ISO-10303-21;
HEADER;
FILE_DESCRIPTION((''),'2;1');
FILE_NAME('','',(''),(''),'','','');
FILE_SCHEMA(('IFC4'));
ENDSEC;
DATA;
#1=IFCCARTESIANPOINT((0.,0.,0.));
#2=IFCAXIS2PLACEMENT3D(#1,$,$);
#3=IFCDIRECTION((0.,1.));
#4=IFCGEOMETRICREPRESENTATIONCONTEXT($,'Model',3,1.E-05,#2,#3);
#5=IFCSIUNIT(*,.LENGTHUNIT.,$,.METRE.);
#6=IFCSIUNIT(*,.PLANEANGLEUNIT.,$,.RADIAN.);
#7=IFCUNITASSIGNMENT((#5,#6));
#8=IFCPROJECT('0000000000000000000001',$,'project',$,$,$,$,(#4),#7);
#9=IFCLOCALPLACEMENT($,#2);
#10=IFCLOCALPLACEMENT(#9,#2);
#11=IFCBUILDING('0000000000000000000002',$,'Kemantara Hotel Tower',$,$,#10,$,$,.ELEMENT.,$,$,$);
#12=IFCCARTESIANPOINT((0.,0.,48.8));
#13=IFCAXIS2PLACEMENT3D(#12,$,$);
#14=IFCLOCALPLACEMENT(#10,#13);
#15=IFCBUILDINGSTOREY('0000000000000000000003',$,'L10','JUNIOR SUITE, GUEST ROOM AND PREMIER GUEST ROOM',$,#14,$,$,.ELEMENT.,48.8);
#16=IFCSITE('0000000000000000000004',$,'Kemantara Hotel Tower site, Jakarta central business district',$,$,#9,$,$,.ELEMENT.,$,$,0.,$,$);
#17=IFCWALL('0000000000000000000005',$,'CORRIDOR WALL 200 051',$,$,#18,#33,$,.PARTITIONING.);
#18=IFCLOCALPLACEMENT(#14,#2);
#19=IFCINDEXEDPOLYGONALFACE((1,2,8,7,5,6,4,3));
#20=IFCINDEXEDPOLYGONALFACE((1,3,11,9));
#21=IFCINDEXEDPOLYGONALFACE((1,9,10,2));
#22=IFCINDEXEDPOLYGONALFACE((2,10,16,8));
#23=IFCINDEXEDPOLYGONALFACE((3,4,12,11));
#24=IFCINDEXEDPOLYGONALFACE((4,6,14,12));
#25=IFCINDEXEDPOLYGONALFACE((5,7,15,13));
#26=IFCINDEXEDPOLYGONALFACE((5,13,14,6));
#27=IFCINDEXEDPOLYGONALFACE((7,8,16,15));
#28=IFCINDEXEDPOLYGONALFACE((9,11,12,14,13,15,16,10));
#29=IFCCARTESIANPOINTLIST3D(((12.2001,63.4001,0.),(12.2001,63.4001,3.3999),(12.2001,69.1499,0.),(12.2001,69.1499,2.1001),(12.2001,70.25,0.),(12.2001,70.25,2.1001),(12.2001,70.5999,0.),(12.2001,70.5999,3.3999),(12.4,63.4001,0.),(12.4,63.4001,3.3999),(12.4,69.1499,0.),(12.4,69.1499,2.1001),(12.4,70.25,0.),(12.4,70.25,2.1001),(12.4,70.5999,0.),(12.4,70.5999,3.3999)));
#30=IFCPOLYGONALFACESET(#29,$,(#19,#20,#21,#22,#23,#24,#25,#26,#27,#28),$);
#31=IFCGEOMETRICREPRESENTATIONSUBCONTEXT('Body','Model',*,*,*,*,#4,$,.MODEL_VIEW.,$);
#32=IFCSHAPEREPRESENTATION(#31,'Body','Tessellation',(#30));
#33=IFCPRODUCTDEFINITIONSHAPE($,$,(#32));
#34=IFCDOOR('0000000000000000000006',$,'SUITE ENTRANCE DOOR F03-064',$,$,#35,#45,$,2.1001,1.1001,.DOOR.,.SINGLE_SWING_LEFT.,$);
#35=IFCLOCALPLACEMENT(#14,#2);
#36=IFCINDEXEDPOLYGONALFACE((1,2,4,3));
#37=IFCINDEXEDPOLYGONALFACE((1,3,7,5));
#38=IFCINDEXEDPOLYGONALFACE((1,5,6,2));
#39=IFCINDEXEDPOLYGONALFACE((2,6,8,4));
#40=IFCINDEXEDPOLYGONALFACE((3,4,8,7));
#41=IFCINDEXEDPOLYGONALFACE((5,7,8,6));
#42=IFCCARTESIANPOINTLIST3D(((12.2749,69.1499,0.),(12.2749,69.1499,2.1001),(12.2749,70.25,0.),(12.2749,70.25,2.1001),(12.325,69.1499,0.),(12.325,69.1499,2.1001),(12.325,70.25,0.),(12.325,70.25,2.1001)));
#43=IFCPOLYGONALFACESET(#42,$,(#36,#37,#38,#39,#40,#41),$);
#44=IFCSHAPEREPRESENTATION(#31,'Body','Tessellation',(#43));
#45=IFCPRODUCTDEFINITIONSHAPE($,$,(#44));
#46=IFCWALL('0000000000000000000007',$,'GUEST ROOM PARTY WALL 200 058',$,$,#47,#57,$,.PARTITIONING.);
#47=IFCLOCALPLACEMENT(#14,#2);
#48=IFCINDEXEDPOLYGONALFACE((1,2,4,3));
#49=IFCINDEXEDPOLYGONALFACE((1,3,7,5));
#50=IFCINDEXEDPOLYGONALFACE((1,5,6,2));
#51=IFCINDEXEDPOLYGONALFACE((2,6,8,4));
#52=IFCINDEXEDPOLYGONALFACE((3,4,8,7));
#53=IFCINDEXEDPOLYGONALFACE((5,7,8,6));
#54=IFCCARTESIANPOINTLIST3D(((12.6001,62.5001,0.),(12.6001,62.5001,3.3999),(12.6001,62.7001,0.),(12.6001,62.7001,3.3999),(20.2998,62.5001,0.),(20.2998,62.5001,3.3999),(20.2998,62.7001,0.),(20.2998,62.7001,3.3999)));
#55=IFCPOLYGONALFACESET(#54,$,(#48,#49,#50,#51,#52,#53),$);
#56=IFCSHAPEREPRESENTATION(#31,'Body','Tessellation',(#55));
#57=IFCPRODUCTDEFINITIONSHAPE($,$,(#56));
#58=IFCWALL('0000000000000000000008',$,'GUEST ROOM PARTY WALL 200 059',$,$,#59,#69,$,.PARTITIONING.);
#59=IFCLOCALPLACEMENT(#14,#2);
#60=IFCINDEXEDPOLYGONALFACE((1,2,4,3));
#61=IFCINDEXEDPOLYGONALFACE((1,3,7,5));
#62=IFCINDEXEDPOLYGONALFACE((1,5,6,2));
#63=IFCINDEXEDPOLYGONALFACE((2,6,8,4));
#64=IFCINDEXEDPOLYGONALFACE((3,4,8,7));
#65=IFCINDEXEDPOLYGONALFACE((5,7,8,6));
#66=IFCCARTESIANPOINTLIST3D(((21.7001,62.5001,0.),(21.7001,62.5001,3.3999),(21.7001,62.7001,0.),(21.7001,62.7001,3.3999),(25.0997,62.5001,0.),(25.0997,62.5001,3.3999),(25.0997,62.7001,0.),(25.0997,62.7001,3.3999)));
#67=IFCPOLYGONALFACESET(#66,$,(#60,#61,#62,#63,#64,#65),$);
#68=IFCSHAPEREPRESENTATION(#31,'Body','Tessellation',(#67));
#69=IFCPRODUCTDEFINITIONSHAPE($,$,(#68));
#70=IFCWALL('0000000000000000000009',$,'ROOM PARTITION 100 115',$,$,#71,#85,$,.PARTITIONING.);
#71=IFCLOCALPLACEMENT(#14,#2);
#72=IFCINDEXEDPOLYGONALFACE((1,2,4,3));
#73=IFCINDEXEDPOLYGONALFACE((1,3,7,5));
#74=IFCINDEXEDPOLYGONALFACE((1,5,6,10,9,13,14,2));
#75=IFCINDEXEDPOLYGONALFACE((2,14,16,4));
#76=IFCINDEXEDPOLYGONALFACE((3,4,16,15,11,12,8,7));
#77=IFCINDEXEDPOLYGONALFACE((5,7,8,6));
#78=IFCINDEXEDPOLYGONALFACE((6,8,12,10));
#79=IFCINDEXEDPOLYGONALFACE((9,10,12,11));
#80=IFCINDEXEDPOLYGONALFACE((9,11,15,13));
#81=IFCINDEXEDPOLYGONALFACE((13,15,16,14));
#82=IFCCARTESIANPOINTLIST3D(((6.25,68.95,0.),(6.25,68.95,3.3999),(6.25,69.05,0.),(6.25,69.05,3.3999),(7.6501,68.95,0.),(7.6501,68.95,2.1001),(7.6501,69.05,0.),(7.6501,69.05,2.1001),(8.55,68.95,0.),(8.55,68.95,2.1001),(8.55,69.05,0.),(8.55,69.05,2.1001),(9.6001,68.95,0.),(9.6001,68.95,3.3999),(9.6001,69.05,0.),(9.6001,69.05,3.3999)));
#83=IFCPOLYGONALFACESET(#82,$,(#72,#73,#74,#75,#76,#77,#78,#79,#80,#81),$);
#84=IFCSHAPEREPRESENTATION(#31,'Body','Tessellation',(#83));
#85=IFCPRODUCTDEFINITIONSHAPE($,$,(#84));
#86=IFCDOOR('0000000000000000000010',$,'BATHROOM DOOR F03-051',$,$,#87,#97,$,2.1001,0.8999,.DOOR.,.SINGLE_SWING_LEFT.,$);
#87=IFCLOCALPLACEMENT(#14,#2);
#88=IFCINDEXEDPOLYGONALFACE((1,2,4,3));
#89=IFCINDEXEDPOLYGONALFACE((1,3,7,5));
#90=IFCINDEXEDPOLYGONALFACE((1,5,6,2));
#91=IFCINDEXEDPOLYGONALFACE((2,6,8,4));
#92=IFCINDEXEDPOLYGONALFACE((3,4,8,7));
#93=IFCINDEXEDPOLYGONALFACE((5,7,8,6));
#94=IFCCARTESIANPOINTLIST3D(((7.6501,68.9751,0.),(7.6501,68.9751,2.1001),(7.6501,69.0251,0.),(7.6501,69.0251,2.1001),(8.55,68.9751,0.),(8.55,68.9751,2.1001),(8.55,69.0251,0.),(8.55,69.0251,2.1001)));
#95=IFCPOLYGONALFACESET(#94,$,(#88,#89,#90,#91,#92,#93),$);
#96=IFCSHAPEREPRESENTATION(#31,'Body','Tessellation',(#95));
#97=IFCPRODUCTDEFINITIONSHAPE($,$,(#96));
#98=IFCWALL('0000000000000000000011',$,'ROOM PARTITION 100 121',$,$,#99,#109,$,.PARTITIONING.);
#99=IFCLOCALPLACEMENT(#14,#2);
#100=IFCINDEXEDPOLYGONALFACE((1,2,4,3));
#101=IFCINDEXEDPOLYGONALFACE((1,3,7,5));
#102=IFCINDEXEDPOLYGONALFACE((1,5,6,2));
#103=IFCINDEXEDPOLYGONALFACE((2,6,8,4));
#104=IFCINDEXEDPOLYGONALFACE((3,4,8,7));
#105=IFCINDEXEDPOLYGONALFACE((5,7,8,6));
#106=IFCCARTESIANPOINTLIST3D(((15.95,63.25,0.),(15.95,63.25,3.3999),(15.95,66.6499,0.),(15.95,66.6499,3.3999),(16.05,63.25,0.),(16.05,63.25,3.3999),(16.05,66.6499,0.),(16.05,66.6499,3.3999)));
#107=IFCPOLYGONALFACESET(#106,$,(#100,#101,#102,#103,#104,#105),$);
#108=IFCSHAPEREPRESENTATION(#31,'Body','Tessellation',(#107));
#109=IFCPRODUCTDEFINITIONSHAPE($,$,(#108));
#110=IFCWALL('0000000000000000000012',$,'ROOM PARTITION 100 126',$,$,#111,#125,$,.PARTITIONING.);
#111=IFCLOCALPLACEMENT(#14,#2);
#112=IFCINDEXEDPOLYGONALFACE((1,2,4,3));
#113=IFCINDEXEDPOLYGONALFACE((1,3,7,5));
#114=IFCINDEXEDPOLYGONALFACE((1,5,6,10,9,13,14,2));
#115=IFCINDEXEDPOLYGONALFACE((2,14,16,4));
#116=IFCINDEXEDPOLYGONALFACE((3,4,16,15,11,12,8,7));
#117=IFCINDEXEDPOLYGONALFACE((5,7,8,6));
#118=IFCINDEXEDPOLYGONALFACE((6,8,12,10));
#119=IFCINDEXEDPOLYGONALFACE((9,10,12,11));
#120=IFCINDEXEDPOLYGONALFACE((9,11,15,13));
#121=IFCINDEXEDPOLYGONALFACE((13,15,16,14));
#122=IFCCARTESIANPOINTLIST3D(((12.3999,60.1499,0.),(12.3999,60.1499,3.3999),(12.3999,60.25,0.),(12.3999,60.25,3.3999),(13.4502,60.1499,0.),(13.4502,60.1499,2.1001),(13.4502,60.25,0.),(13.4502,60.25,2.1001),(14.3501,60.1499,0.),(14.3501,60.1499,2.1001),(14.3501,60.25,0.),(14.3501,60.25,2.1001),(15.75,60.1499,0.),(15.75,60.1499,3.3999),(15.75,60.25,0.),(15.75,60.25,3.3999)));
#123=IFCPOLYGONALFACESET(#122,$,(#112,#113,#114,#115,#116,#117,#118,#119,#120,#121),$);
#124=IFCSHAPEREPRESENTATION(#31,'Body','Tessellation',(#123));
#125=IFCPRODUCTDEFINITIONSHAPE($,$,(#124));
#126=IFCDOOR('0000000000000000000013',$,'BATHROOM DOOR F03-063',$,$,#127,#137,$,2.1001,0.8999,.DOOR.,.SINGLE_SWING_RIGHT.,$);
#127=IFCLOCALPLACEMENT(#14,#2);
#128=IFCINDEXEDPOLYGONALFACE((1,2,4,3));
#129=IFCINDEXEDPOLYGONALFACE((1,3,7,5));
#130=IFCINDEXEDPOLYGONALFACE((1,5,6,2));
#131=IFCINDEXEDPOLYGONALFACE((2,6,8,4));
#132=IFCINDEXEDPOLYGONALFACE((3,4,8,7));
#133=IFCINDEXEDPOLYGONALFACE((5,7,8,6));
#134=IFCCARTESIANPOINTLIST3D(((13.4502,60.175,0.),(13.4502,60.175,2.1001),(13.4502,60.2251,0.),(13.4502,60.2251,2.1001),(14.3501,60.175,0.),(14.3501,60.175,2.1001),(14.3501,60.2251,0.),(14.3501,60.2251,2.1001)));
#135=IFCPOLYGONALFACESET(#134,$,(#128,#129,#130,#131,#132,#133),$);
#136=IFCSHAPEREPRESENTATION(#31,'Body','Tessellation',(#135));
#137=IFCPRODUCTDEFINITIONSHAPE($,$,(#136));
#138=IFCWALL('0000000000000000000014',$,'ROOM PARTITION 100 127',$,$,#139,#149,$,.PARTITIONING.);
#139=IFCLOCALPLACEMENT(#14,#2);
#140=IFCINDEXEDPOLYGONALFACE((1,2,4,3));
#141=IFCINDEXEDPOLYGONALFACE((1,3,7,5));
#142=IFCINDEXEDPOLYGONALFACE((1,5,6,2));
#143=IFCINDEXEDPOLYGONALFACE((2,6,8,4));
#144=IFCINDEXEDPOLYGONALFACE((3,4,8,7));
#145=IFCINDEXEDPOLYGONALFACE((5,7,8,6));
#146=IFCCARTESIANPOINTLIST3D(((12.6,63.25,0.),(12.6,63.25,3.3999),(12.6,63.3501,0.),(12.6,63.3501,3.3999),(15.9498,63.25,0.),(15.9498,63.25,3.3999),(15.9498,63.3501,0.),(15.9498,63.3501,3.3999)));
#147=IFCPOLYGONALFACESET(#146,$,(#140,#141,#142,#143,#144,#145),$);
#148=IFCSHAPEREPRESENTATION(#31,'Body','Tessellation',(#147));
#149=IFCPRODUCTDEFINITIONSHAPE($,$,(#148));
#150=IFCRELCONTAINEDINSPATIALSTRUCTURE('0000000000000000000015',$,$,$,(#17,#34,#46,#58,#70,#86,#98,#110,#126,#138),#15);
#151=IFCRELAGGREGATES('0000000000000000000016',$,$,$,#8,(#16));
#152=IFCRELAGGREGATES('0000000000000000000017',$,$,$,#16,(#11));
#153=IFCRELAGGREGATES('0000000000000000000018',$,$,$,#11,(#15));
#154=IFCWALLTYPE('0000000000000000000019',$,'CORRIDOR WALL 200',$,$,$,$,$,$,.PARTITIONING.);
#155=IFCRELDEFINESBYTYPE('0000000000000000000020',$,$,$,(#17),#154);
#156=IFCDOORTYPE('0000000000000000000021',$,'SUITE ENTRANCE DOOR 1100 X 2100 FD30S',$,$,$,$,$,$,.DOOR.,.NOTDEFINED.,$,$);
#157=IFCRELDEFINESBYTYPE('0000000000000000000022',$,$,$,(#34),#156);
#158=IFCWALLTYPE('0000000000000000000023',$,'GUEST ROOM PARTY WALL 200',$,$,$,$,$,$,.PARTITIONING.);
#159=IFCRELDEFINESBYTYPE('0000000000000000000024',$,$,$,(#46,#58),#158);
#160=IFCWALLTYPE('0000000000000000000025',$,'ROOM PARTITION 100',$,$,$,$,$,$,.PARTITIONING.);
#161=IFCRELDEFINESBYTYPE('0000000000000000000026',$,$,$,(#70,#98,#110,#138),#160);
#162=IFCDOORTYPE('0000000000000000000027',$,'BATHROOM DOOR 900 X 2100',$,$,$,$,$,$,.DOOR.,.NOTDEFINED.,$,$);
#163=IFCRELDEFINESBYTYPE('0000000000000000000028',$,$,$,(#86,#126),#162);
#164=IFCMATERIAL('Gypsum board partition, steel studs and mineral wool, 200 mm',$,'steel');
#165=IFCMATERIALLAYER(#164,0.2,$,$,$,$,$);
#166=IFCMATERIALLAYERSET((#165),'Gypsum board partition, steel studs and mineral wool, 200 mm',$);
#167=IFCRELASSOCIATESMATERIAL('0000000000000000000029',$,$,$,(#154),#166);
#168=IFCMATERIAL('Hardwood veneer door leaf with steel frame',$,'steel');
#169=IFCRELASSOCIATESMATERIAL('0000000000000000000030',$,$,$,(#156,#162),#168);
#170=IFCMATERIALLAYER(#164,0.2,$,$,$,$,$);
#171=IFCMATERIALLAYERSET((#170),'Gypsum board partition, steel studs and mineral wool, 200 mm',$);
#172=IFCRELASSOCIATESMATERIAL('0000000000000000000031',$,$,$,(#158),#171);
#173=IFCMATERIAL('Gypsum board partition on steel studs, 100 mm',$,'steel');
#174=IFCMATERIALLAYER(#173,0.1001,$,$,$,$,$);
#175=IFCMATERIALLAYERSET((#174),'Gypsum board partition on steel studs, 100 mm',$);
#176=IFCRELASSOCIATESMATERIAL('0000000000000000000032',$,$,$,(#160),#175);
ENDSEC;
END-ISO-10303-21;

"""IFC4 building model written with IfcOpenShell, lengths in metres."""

from ifc_helpers import new_model, si_unit, direction, frame, frame_2d, origin, place, context, subcontext, project, spatial, rectangle, extrude, material, layer, layer_set, type_object, element, fill, save


model = new_model("IFC4")

# Units and contexts
model_context = context("Model", 3, precision=1e-05, world=origin(), true_north=direction((0.0, 1.0)))
body_context = subcontext(model_context, "Body", "Model", "MODEL_VIEW")
ifc_project = project(units=[si_unit("LENGTHUNIT", "METRE"), si_unit("PLANEANGLEUNIT", "RADIAN")], contexts=[model_context])

# Site, building, storey
site_placement = place(None, origin())
site = spatial("IfcSite", under=ifc_project, at=site_placement, Name="Kemantara Hotel Tower site, Jakarta central business district", CompositionType="ELEMENT", RefElevation=0.0)
building_placement = place(site_placement, origin())
building = spatial("IfcBuilding", under=site, at=building_placement, Name="Kemantara Hotel Tower", CompositionType="ELEMENT")
storey_placement = place(building_placement, frame((0.0, 0.0, 48.8)))
storey = spatial("IfcBuildingStorey", under=building, at=storey_placement, Name="L10", Description="JUNIOR SUITE, GUEST ROOM AND PREMIER GUEST ROOM", CompositionType="ELEMENT", Elevation=48.8)

# Shared definitions
ifc_material_1 = material(Name="Gypsum board partition, steel studs and mineral wool, 200 mm", Category="steel")
ifc_layer_1 = layer(ifc_material_1, 0.2)
ifc_layer_set_1 = layer_set([ifc_layer_1], Name="Gypsum board partition, steel studs and mineral wool, 200 mm")
wall_type_1 = type_object("IfcWallType", Name="CORRIDOR WALL 200", PredefinedType="PARTITIONING", material=ifc_layer_set_1)
ifc_material_2 = material(Name="Hardwood veneer door leaf with steel frame", Category="steel")
door_type_1 = type_object("IfcDoorType", Name="SUITE ENTRANCE DOOR 1100 X 2100 FD30S", OperationType="NOTDEFINED", PredefinedType="DOOR", material=ifc_material_2)

# Wall, opening, door
wall_1_placement = place(storey_placement, frame((12.3, 70.5999, 0.0), z_axis=(0.0, 0.0, 1.0), x_axis=(0.0, -1.0, 0.0)))
wall_1 = element("IfcWall", 1, at=wall_1_placement, inside=storey, type_object=wall_type_1, Name="CORRIDOR WALL 200 051", PredefinedType="PARTITIONING", context=body_context, shape_type="SweptSolid", body=[
    extrude(rectangle(XDim=7.1997, YDim=0.2, at=frame_2d((3.5999, 0.0))), origin(), (0.0, 0.0, 1.0), 3.3999),
])
opening_1_placement = place(wall_1_placement, frame((0.3499, 0.0, 0.0)))
opening_1 = element("IfcOpeningElement", 2, at=opening_1_placement, cuts=wall_1, PredefinedType="OPENING", context=body_context, shape_type="SweptSolid", body=[
    extrude(rectangle(XDim=1.1001, YDim=2.1001, at=frame_2d((0.55, 1.05))), frame((0.0, 0.1099, 0.0), z_axis=(0.0, -1.0, 0.0), x_axis=(1.0, 0.0, 0.0)), (0.0, 0.0, 1.0), 0.22),
])
door_1_placement = place(opening_1_placement, origin())
door_1 = element("IfcDoor", 3, at=door_1_placement, inside=storey, type_object=door_type_1, Name="SUITE ENTRANCE DOOR F03-064", OperationType="SINGLE_SWING_LEFT", OverallHeight=2.1001, OverallWidth=1.1001, PredefinedType="DOOR", context=body_context, shape_type="SweptSolid", body=[
    extrude(rectangle(XDim=1.1001, YDim=2.1001, at=frame_2d((0.55, 1.05))), frame((0.0, 0.0249, 0.0), z_axis=(0.0, -1.0, 0.0), x_axis=(1.0, 0.0, 0.0)), (0.0, 0.0, 1.0), 0.05),
])
fill(opening_1, door_1)

# Walls
ifc_layer_2 = layer(ifc_material_1, 0.2)
ifc_layer_set_2 = layer_set([ifc_layer_2], Name="Gypsum board partition, steel studs and mineral wool, 200 mm")
wall_type_2 = type_object("IfcWallType", Name="GUEST ROOM PARTY WALL 200", PredefinedType="PARTITIONING", material=ifc_layer_set_2)
wall_2_placement = place(storey_placement, frame((12.6001, 62.6001, 0.0), z_axis=(0.0, 0.0, 1.0), x_axis=(1.0, 0.0, 0.0)))
element("IfcWall", 4, at=wall_2_placement, inside=storey, type_object=wall_type_2, Name="GUEST ROOM PARTY WALL 200 058", PredefinedType="PARTITIONING", context=body_context, shape_type="SweptSolid", body=[
    extrude(rectangle(XDim=7.6997, YDim=0.2, at=frame_2d((3.8499, 0.0))), origin(), (0.0, 0.0, 1.0), 3.3999),
])
wall_3_placement = place(storey_placement, frame((21.7002, 62.6001, 0.0), z_axis=(0.0, 0.0, 1.0), x_axis=(1.0, 0.0, 0.0)))
element("IfcWall", 5, at=wall_3_placement, inside=storey, type_object=wall_type_2, Name="GUEST ROOM PARTY WALL 200 059", PredefinedType="PARTITIONING", context=body_context, shape_type="SweptSolid", body=[
    extrude(rectangle(XDim=3.3997, YDim=0.2, at=frame_2d((1.6997, 0.0))), origin(), (0.0, 0.0, 1.0), 3.3999),
])

# Wall, opening, door
ifc_material_3 = material(Name="Gypsum board partition on steel studs, 100 mm", Category="steel")
ifc_layer_3 = layer(ifc_material_3, 0.1001)
ifc_layer_set_3 = layer_set([ifc_layer_3], Name="Gypsum board partition on steel studs, 100 mm")
wall_type_3 = type_object("IfcWallType", Name="ROOM PARTITION 100", PredefinedType="PARTITIONING", material=ifc_layer_set_3)
wall_4_placement = place(storey_placement, frame((9.6001, 69.0, 0.0), z_axis=(0.0, 0.0, 1.0), x_axis=(-1.0, 0.0, 0.0)))
wall_4 = element("IfcWall", 6, at=wall_4_placement, inside=storey, type_object=wall_type_3, Name="ROOM PARTITION 100 115", PredefinedType="PARTITIONING", context=body_context, shape_type="SweptSolid", body=[
    extrude(rectangle(XDim=3.3501, YDim=0.1001, at=frame_2d((1.675, 0.0))), origin(), (0.0, 0.0, 1.0), 3.3999),
])
opening_2_placement = place(wall_4_placement, frame((1.05, 0.0, 0.0)))
opening_2 = element("IfcOpeningElement", 7, at=opening_2_placement, cuts=wall_4, PredefinedType="OPENING", context=body_context, shape_type="SweptSolid", body=[
    extrude(rectangle(XDim=0.8999, YDim=2.1001, at=frame_2d((0.45, 1.05))), frame((0.0, 0.0601, 0.0), z_axis=(0.0, -1.0, 0.0), x_axis=(1.0, 0.0, 0.0)), (0.0, 0.0, 1.0), 0.1201),
])
door_type_2 = type_object("IfcDoorType", Name="BATHROOM DOOR 900 X 2100", OperationType="NOTDEFINED", PredefinedType="DOOR", material=ifc_material_2)
door_2_placement = place(opening_2_placement, origin())
door_2 = element("IfcDoor", 8, at=door_2_placement, inside=storey, type_object=door_type_2, Name="BATHROOM DOOR F03-051", OperationType="SINGLE_SWING_LEFT", OverallHeight=2.1001, OverallWidth=0.8999, PredefinedType="DOOR", context=body_context, shape_type="SweptSolid", body=[
    extrude(rectangle(XDim=0.8999, YDim=2.1001, at=frame_2d((0.45, 1.05))), frame((0.0, 0.0249, 0.0), z_axis=(0.0, -1.0, 0.0), x_axis=(1.0, 0.0, 0.0)), (0.0, 0.0, 1.0), 0.05),
])
fill(opening_2, door_2)

# Wall
wall_5_placement = place(storey_placement, frame((16.0, 63.25, 0.0), z_axis=(0.0, 0.0, 1.0), x_axis=(0.0, 1.0, 0.0)))
element("IfcWall", 9, at=wall_5_placement, inside=storey, type_object=wall_type_3, Name="ROOM PARTITION 100 121", PredefinedType="PARTITIONING", context=body_context, shape_type="SweptSolid", body=[
    extrude(rectangle(XDim=3.3999, YDim=0.1001, at=frame_2d((1.7, 0.0))), origin(), (0.0, 0.0, 1.0), 3.3999),
])

# Wall, opening, door
wall_6_placement = place(storey_placement, frame((15.75, 60.2, 0.0), z_axis=(0.0, 0.0, 1.0), x_axis=(-1.0, 0.0, 0.0)))
wall_6 = element("IfcWall", 10, at=wall_6_placement, inside=storey, type_object=wall_type_3, Name="ROOM PARTITION 100 126", PredefinedType="PARTITIONING", context=body_context, shape_type="SweptSolid", body=[
    extrude(rectangle(XDim=3.3501, YDim=0.1001, at=frame_2d((1.675, 0.0))), origin(), (0.0, 0.0, 1.0), 3.3999),
])
opening_3_placement = place(wall_6_placement, frame((1.3999, 0.0, 0.0)))
opening_3 = element("IfcOpeningElement", 11, at=opening_3_placement, cuts=wall_6, PredefinedType="OPENING", context=body_context, shape_type="SweptSolid", body=[
    extrude(rectangle(XDim=0.8999, YDim=2.1001, at=frame_2d((0.45, 1.05))), frame((0.0, 0.0601, 0.0), z_axis=(0.0, -1.0, 0.0), x_axis=(1.0, 0.0, 0.0)), (0.0, 0.0, 1.0), 0.1201),
])
door_3_placement = place(opening_3_placement, origin())
door_3 = element("IfcDoor", 12, at=door_3_placement, inside=storey, type_object=door_type_2, Name="BATHROOM DOOR F03-063", OperationType="SINGLE_SWING_RIGHT", OverallHeight=2.1001, OverallWidth=0.8999, PredefinedType="DOOR", context=body_context, shape_type="SweptSolid", body=[
    extrude(rectangle(XDim=0.8999, YDim=2.1001, at=frame_2d((0.45, 1.05))), frame((0.0, 0.0249, 0.0), z_axis=(0.0, -1.0, 0.0), x_axis=(1.0, 0.0, 0.0)), (0.0, 0.0, 1.0), 0.05),
])
fill(opening_3, door_3)

# Wall
wall_7_placement = place(storey_placement, frame((12.6001, 63.3, 0.0), z_axis=(0.0, 0.0, 1.0), x_axis=(1.0, 0.0, 0.0)))
element("IfcWall", 13, at=wall_7_placement, inside=storey, type_object=wall_type_3, Name="ROOM PARTITION 100 127", PredefinedType="PARTITIONING", context=body_context, shape_type="SweptSolid", body=[
    extrude(rectangle(XDim=3.3499, YDim=0.1001, at=frame_2d((1.6748, 0.0))), origin(), (0.0, 0.0, 1.0), 3.3999),
])

save(model, "model.ifc")
